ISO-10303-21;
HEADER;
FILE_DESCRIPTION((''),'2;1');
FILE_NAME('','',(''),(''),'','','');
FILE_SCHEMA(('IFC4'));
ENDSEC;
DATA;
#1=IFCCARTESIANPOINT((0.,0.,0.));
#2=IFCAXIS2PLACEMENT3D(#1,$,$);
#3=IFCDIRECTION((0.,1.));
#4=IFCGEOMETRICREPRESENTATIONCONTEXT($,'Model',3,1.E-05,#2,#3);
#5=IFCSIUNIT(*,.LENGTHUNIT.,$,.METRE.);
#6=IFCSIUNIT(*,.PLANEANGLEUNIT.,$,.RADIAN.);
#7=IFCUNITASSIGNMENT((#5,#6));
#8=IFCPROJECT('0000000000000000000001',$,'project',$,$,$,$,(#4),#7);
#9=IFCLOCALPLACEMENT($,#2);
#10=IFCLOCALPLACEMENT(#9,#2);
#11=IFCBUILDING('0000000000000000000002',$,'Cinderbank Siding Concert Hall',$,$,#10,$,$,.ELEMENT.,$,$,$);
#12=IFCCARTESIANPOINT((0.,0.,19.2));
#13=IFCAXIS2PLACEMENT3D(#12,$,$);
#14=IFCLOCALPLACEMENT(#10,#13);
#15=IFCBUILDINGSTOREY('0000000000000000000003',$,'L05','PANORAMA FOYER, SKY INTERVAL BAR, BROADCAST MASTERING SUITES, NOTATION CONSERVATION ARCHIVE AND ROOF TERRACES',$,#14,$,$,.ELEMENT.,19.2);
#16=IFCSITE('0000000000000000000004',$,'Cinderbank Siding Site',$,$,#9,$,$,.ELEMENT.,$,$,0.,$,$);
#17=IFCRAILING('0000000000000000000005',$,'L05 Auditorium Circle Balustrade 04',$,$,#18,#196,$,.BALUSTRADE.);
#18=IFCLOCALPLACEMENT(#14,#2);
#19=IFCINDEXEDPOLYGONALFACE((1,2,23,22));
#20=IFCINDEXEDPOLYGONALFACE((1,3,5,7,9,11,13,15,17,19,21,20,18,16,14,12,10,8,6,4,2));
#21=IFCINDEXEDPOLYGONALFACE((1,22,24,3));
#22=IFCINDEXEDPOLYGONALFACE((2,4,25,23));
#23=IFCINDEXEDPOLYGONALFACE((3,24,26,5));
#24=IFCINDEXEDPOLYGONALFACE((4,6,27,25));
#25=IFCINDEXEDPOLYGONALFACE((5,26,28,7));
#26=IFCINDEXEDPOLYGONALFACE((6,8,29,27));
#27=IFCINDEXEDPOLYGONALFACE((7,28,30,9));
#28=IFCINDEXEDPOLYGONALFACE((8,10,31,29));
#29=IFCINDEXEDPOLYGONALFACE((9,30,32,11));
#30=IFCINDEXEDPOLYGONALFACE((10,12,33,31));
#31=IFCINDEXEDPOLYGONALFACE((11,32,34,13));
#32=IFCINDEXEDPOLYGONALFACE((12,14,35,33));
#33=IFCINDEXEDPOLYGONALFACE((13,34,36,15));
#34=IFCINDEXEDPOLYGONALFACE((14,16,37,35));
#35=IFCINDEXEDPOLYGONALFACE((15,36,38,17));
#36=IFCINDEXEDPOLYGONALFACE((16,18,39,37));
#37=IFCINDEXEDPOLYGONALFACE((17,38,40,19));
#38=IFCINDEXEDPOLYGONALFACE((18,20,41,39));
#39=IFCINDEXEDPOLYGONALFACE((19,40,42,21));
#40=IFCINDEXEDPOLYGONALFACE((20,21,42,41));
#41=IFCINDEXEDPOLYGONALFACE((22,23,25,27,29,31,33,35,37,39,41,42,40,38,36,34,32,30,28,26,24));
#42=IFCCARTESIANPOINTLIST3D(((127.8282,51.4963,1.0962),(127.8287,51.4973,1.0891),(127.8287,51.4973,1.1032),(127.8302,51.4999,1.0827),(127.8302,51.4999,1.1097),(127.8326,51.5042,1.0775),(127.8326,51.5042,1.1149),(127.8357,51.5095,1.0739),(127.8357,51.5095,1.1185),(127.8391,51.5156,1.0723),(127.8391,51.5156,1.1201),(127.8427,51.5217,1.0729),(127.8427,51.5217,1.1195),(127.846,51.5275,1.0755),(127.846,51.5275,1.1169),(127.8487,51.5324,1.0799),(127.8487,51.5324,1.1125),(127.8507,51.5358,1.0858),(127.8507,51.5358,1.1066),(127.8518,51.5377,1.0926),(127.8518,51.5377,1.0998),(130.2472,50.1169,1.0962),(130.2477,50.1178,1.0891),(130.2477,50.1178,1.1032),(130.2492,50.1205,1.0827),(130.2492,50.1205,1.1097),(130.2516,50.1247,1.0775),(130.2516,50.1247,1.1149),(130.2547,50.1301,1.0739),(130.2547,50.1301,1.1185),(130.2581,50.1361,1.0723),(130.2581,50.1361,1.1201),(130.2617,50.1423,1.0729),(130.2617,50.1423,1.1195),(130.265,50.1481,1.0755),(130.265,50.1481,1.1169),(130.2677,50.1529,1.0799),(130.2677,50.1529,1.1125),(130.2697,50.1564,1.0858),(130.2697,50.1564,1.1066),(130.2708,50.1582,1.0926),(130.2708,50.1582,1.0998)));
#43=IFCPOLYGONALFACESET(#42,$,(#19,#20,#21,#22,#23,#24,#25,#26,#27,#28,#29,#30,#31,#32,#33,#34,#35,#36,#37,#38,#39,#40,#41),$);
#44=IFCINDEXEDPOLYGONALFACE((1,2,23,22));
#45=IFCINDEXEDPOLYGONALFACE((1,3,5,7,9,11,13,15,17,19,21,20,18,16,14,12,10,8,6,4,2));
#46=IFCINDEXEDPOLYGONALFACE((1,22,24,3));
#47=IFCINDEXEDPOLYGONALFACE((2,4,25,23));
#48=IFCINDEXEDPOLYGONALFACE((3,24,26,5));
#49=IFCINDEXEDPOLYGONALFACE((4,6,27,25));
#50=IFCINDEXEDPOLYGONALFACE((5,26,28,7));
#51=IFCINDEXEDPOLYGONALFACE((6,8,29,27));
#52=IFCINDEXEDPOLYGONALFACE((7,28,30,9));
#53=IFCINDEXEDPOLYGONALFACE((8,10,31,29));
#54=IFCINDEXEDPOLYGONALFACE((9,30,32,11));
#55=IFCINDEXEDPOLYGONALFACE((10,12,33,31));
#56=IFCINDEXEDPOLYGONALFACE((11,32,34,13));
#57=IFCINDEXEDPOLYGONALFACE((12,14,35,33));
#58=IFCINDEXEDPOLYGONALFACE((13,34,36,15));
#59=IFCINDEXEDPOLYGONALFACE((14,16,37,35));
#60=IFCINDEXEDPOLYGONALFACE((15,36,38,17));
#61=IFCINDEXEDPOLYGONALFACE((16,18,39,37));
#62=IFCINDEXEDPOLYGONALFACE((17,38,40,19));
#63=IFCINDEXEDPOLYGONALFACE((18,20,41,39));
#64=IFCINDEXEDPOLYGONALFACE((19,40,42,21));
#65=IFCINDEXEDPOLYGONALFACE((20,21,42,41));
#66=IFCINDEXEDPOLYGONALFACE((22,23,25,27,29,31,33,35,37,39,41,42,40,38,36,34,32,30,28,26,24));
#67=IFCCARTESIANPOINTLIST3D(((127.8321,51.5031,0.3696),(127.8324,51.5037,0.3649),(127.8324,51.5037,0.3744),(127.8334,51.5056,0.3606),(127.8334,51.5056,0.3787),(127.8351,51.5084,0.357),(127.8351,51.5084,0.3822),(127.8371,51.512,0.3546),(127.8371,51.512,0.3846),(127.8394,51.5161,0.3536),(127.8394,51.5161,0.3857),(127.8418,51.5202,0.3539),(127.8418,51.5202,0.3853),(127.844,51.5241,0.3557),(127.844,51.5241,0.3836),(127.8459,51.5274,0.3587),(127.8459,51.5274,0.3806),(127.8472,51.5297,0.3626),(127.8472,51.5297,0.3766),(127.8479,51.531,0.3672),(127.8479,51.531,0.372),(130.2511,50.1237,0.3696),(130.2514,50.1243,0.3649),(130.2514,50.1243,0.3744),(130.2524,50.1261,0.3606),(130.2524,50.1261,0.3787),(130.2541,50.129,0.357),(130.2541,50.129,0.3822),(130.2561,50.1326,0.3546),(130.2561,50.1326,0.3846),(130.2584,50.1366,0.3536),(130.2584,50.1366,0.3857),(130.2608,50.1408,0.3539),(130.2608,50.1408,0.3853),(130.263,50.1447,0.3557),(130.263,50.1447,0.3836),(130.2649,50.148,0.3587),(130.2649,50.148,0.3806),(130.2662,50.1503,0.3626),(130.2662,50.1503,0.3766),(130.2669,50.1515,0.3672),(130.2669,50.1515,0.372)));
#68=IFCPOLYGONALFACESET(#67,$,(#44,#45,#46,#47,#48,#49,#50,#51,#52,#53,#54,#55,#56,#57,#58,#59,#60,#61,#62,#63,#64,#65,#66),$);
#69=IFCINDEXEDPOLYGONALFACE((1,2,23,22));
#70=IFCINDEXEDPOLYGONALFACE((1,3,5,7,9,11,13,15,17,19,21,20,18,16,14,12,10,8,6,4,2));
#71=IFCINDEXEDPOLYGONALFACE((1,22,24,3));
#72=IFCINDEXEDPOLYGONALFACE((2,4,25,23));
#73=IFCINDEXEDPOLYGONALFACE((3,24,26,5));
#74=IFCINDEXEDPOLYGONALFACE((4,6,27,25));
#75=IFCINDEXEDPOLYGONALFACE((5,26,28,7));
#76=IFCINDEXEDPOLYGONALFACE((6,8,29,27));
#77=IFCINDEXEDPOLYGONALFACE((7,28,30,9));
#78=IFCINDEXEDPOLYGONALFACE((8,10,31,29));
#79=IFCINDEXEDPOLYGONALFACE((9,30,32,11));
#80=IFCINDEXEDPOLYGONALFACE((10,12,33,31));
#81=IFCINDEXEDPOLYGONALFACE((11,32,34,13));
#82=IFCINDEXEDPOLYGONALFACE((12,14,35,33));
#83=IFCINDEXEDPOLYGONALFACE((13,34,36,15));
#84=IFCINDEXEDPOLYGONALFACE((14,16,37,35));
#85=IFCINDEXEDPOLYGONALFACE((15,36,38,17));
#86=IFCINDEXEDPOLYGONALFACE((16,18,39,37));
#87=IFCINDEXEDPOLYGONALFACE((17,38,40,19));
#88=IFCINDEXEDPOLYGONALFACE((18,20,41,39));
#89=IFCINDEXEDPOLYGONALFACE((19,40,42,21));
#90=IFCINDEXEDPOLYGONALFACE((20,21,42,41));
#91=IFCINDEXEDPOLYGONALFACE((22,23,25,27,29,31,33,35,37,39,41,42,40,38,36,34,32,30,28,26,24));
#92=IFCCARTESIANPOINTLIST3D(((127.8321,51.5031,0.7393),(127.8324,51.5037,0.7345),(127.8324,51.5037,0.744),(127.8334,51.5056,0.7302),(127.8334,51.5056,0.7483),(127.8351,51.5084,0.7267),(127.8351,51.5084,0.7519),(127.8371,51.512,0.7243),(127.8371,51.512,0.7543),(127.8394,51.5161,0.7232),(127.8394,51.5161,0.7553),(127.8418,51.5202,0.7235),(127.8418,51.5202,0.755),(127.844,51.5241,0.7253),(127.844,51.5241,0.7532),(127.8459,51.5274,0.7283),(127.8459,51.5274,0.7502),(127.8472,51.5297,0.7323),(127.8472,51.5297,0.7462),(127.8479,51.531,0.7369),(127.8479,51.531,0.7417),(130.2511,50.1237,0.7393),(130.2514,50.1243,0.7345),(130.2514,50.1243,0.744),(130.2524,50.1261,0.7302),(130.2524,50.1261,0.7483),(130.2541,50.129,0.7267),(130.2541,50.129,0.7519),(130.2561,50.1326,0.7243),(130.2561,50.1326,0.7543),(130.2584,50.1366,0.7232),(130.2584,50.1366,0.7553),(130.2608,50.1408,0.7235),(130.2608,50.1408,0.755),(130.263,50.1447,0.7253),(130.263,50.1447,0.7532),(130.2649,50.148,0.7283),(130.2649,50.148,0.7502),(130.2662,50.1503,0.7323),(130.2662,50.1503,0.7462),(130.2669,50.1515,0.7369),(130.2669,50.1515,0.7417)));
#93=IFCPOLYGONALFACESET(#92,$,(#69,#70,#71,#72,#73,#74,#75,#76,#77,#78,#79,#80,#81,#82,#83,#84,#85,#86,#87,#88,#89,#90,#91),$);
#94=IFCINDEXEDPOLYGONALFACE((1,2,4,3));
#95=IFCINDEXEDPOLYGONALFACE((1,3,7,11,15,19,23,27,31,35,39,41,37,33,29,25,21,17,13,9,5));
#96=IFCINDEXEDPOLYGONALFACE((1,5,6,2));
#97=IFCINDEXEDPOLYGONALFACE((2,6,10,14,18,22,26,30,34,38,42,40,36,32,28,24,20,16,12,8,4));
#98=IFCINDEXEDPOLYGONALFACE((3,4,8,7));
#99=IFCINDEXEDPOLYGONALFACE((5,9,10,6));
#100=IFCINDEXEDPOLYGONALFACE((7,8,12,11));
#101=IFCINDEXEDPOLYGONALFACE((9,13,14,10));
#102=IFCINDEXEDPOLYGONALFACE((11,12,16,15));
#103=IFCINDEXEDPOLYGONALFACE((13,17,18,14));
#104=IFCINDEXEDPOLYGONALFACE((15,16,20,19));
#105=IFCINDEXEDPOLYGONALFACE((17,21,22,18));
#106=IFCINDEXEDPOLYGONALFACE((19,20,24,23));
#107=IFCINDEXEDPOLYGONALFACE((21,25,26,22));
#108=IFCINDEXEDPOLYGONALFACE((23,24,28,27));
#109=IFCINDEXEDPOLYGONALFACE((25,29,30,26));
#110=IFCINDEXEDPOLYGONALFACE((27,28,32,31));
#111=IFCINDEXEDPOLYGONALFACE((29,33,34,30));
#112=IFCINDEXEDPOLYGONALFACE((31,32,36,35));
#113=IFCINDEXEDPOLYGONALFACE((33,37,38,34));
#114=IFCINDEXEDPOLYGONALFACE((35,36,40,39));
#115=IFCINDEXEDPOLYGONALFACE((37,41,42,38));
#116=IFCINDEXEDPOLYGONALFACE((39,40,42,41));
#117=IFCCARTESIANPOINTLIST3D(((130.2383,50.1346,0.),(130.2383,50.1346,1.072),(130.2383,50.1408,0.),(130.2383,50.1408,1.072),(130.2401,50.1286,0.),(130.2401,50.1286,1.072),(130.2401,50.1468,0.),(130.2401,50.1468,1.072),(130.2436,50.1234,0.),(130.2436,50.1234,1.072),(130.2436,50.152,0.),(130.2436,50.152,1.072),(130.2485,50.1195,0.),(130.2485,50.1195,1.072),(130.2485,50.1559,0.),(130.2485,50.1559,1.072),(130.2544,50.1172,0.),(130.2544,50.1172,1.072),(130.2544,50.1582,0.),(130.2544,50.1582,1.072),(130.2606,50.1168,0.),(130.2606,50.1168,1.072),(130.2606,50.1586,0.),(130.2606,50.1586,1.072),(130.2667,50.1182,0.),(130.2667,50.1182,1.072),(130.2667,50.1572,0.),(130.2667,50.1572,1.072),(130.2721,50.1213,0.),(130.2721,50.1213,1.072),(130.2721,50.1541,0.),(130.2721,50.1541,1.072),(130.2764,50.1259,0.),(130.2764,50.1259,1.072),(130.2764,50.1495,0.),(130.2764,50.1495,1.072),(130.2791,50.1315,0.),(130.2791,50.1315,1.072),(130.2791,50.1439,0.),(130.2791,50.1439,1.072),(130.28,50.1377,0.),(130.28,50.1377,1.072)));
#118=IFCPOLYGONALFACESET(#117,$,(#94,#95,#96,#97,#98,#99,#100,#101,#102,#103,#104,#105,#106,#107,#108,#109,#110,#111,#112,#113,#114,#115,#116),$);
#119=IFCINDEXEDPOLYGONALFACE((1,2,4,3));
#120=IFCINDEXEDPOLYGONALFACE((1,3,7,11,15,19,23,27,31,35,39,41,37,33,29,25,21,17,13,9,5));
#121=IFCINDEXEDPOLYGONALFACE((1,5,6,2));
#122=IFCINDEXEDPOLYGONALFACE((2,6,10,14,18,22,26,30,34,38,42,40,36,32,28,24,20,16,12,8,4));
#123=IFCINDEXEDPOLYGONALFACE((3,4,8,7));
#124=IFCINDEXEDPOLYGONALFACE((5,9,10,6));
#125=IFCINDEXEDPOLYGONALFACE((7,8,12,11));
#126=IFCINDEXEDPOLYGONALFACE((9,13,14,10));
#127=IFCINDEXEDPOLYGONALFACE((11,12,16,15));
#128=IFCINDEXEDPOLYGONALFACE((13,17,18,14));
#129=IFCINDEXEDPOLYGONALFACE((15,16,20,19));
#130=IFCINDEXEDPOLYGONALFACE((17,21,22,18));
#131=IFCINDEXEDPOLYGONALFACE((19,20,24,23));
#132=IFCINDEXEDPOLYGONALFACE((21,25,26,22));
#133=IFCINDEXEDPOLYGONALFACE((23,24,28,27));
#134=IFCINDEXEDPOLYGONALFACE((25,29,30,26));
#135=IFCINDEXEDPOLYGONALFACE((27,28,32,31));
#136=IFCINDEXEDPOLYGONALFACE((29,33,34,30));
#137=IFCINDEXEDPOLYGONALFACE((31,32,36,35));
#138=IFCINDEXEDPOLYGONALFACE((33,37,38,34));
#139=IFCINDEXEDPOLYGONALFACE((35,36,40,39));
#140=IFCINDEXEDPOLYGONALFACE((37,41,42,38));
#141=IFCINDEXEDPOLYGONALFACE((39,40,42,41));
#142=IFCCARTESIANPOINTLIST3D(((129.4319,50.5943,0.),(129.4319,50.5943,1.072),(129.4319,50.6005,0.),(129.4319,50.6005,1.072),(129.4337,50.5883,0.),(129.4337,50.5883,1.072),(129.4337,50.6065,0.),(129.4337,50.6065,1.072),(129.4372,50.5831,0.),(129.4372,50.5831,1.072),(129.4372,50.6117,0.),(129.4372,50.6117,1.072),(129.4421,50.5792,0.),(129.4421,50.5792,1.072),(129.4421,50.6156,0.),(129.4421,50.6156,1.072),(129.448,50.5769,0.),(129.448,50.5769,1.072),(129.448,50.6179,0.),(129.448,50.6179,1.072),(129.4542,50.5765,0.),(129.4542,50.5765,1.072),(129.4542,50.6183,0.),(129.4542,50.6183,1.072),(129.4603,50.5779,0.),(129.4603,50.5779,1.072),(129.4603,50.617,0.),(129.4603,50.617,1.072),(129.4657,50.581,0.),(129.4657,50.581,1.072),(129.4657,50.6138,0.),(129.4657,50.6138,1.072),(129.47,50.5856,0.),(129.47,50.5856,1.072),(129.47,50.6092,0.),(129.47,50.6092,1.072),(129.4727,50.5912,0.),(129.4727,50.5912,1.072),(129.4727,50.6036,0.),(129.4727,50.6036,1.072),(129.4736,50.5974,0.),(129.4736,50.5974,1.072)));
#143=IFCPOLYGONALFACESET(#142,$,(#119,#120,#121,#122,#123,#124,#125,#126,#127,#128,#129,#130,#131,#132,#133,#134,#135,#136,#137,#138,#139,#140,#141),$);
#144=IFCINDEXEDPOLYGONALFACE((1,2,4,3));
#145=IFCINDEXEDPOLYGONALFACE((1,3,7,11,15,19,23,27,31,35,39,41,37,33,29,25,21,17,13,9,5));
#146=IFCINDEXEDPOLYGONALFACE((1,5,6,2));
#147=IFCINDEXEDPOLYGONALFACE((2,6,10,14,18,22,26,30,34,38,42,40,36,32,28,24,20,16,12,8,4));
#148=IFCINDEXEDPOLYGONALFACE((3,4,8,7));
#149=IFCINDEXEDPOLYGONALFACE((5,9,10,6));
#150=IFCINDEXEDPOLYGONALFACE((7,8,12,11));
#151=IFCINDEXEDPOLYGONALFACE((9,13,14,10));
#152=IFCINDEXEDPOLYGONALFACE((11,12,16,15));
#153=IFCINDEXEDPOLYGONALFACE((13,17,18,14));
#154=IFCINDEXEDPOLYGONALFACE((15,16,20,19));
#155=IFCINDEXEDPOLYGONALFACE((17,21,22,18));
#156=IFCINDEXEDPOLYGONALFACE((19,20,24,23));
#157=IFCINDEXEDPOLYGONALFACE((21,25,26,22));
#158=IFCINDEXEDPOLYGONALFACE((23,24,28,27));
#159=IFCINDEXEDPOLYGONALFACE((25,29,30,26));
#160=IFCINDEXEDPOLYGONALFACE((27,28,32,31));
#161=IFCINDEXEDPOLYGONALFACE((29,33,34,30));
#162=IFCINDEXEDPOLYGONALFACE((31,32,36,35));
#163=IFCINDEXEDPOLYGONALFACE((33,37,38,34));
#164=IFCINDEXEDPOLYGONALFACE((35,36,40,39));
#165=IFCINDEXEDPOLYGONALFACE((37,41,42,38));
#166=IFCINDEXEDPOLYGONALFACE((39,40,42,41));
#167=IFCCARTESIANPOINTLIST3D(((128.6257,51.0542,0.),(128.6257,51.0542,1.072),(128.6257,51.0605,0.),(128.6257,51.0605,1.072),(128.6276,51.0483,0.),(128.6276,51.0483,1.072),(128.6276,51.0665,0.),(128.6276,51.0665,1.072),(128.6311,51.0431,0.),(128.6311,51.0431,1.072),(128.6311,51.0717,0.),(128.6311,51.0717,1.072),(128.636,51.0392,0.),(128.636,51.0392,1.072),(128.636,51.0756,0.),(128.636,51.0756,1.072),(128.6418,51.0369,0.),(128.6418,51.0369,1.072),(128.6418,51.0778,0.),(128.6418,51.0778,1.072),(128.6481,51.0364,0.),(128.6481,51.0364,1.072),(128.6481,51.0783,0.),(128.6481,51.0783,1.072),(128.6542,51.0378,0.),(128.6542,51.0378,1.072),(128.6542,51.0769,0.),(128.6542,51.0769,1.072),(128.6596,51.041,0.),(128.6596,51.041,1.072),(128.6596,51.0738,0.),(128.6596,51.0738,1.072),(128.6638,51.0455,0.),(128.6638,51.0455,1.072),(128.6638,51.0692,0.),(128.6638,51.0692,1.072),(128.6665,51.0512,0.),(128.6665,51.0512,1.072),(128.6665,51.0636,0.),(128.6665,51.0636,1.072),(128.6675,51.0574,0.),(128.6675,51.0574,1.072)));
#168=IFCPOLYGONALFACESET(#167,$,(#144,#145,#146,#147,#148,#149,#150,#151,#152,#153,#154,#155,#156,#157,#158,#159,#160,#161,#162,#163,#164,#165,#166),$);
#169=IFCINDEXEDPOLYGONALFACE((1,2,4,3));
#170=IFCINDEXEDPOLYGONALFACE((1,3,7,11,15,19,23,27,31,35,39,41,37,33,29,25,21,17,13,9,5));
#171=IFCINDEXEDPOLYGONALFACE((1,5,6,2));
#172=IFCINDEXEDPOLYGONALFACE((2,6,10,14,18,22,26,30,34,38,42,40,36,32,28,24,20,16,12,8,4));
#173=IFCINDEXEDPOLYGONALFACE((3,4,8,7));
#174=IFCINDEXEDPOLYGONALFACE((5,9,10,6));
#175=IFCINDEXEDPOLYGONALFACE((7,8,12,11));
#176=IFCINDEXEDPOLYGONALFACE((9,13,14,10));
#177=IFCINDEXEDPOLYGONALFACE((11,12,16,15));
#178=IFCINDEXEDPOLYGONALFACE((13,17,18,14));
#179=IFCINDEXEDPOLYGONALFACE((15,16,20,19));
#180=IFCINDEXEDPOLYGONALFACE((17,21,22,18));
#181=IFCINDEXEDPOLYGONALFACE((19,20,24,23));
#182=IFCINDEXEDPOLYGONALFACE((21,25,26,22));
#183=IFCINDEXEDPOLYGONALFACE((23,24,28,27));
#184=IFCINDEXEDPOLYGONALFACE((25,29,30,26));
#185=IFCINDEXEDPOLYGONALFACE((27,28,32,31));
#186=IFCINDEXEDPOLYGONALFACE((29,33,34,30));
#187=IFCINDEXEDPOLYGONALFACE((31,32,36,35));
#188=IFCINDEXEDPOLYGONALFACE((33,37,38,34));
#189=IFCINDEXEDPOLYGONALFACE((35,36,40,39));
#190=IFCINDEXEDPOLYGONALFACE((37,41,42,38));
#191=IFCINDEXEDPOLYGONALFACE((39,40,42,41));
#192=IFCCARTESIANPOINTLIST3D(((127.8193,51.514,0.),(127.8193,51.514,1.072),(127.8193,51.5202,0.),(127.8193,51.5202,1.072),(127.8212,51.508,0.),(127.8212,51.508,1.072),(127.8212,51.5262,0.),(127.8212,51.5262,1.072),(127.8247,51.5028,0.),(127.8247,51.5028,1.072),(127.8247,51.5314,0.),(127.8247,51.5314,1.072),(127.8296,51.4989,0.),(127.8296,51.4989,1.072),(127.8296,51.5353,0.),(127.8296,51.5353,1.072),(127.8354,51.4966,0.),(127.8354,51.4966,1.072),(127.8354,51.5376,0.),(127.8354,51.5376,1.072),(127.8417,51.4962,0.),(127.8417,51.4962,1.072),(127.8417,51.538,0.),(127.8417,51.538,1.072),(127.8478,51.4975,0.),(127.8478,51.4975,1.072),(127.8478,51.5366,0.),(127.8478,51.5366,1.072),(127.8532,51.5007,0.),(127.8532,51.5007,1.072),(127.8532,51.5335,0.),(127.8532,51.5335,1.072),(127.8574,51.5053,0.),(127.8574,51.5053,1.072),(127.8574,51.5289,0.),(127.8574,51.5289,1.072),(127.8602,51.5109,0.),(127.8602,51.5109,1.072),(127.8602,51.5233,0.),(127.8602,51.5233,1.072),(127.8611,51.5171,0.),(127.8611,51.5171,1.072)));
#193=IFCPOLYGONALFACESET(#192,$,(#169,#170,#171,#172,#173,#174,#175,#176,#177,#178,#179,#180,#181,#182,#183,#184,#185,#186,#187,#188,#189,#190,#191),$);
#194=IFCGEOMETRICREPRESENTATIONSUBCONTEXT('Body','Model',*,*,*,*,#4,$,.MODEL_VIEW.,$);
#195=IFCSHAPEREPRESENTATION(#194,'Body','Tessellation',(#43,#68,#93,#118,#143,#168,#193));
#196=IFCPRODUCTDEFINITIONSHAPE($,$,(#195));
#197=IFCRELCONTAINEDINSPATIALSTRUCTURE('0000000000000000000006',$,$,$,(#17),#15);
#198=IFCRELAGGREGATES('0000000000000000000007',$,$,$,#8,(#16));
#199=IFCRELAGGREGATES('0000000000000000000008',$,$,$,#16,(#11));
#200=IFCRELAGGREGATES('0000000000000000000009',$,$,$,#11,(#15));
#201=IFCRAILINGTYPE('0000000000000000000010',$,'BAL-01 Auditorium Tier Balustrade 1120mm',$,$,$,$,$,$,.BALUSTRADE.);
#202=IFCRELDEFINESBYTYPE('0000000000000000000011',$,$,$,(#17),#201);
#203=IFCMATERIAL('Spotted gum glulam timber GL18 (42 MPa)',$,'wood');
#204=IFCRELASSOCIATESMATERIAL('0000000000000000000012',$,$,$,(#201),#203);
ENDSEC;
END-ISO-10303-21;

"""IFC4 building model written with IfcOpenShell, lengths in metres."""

from ifc_helpers import new_model, si_unit, direction, frame, origin, origin_2d, place, context, subcontext, project, spatial, circle, extrude, material, type_object, element, save


model = new_model("IFC4")

# Units and contexts
model_context = context("Model", 3, precision=1e-05, world=origin(), true_north=direction((0.0, 1.0)))
body_context = subcontext(model_context, "Body", "Model", "MODEL_VIEW")
ifc_project = project(units=[si_unit("LENGTHUNIT", "METRE"), si_unit("PLANEANGLEUNIT", "RADIAN")], contexts=[model_context])

# Site, building, storey
site_placement = place(None, origin())
site = spatial("IfcSite", under=ifc_project, at=site_placement, Name="Cinderbank Siding Site", CompositionType="ELEMENT", RefElevation=0.0)
building_placement = place(site_placement, origin())
building = spatial("IfcBuilding", under=site, at=building_placement, Name="Cinderbank Siding Concert Hall", CompositionType="ELEMENT")
storey_placement = place(building_placement, frame((0.0, 0.0, 19.2)))
storey = spatial("IfcBuildingStorey", under=building, at=storey_placement, Name="L05", Description="PANORAMA FOYER, SKY INTERVAL BAR, BROADCAST MASTERING SUITES, NOTATION CONSERVATION ARCHIVE AND ROOF TERRACES", CompositionType="ELEMENT", Elevation=19.2)

# Railing
ifc_material_1 = material(Name="Spotted gum glulam timber GL18 (42 MPa)", Category="wood")
railing_type = type_object("IfcRailingType", Name="BAL-01 Auditorium Tier Balustrade 1120mm", PredefinedType="BALUSTRADE", material=ifc_material_1)
railing_1_placement = place(storey_placement, frame((130.259, 50.1377, 0.0)))
element("IfcRailing", 1, at=railing_1_placement, inside=storey, type_object=railing_type, Name="L05 Auditorium Circle Balustrade 04", PredefinedType="BALUSTRADE", context=body_context, shape_type="SweptSolid", body=[
    extrude(circle(Radius=0.0239, at=origin_2d()), frame((0.0, 0.0, 1.0962), z_axis=(-0.868685, 0.495365, 0.0), x_axis=(-0.495365, -0.868685, 0.0)), (0.0, 0.0, 1.0), 2.7847),
    extrude(circle(Radius=0.0161, at=origin_2d()), frame((0.0, 0.0, 0.3696), z_axis=(-0.868685, 0.495365, 0.0), x_axis=(-0.495365, -0.868685, 0.0)), (0.0, 0.0, 1.0), 2.7847),
    extrude(circle(Radius=0.0161, at=origin_2d()), frame((0.0, 0.0, 0.7393), z_axis=(-0.868685, 0.495365, 0.0), x_axis=(-0.495365, -0.868685, 0.0)), (0.0, 0.0, 1.0), 2.7847),
    extrude(circle(Radius=0.021, at=origin_2d()), origin(), (0.0, 0.0, 1.0), 1.072),
    extrude(circle(Radius=0.021, at=origin_2d()), frame((-0.8064, 0.4597, 0.0)), (0.0, 0.0, 1.0), 1.072),
    extrude(circle(Radius=0.021, at=origin_2d()), frame((-1.6125, 0.9197, 0.0)), (0.0, 0.0, 1.0), 1.072),
    extrude(circle(Radius=0.021, at=origin_2d()), frame((-2.4189, 1.3794, 0.0)), (0.0, 0.0, 1.0), 1.072),
])

save(model, "model.ifc")
